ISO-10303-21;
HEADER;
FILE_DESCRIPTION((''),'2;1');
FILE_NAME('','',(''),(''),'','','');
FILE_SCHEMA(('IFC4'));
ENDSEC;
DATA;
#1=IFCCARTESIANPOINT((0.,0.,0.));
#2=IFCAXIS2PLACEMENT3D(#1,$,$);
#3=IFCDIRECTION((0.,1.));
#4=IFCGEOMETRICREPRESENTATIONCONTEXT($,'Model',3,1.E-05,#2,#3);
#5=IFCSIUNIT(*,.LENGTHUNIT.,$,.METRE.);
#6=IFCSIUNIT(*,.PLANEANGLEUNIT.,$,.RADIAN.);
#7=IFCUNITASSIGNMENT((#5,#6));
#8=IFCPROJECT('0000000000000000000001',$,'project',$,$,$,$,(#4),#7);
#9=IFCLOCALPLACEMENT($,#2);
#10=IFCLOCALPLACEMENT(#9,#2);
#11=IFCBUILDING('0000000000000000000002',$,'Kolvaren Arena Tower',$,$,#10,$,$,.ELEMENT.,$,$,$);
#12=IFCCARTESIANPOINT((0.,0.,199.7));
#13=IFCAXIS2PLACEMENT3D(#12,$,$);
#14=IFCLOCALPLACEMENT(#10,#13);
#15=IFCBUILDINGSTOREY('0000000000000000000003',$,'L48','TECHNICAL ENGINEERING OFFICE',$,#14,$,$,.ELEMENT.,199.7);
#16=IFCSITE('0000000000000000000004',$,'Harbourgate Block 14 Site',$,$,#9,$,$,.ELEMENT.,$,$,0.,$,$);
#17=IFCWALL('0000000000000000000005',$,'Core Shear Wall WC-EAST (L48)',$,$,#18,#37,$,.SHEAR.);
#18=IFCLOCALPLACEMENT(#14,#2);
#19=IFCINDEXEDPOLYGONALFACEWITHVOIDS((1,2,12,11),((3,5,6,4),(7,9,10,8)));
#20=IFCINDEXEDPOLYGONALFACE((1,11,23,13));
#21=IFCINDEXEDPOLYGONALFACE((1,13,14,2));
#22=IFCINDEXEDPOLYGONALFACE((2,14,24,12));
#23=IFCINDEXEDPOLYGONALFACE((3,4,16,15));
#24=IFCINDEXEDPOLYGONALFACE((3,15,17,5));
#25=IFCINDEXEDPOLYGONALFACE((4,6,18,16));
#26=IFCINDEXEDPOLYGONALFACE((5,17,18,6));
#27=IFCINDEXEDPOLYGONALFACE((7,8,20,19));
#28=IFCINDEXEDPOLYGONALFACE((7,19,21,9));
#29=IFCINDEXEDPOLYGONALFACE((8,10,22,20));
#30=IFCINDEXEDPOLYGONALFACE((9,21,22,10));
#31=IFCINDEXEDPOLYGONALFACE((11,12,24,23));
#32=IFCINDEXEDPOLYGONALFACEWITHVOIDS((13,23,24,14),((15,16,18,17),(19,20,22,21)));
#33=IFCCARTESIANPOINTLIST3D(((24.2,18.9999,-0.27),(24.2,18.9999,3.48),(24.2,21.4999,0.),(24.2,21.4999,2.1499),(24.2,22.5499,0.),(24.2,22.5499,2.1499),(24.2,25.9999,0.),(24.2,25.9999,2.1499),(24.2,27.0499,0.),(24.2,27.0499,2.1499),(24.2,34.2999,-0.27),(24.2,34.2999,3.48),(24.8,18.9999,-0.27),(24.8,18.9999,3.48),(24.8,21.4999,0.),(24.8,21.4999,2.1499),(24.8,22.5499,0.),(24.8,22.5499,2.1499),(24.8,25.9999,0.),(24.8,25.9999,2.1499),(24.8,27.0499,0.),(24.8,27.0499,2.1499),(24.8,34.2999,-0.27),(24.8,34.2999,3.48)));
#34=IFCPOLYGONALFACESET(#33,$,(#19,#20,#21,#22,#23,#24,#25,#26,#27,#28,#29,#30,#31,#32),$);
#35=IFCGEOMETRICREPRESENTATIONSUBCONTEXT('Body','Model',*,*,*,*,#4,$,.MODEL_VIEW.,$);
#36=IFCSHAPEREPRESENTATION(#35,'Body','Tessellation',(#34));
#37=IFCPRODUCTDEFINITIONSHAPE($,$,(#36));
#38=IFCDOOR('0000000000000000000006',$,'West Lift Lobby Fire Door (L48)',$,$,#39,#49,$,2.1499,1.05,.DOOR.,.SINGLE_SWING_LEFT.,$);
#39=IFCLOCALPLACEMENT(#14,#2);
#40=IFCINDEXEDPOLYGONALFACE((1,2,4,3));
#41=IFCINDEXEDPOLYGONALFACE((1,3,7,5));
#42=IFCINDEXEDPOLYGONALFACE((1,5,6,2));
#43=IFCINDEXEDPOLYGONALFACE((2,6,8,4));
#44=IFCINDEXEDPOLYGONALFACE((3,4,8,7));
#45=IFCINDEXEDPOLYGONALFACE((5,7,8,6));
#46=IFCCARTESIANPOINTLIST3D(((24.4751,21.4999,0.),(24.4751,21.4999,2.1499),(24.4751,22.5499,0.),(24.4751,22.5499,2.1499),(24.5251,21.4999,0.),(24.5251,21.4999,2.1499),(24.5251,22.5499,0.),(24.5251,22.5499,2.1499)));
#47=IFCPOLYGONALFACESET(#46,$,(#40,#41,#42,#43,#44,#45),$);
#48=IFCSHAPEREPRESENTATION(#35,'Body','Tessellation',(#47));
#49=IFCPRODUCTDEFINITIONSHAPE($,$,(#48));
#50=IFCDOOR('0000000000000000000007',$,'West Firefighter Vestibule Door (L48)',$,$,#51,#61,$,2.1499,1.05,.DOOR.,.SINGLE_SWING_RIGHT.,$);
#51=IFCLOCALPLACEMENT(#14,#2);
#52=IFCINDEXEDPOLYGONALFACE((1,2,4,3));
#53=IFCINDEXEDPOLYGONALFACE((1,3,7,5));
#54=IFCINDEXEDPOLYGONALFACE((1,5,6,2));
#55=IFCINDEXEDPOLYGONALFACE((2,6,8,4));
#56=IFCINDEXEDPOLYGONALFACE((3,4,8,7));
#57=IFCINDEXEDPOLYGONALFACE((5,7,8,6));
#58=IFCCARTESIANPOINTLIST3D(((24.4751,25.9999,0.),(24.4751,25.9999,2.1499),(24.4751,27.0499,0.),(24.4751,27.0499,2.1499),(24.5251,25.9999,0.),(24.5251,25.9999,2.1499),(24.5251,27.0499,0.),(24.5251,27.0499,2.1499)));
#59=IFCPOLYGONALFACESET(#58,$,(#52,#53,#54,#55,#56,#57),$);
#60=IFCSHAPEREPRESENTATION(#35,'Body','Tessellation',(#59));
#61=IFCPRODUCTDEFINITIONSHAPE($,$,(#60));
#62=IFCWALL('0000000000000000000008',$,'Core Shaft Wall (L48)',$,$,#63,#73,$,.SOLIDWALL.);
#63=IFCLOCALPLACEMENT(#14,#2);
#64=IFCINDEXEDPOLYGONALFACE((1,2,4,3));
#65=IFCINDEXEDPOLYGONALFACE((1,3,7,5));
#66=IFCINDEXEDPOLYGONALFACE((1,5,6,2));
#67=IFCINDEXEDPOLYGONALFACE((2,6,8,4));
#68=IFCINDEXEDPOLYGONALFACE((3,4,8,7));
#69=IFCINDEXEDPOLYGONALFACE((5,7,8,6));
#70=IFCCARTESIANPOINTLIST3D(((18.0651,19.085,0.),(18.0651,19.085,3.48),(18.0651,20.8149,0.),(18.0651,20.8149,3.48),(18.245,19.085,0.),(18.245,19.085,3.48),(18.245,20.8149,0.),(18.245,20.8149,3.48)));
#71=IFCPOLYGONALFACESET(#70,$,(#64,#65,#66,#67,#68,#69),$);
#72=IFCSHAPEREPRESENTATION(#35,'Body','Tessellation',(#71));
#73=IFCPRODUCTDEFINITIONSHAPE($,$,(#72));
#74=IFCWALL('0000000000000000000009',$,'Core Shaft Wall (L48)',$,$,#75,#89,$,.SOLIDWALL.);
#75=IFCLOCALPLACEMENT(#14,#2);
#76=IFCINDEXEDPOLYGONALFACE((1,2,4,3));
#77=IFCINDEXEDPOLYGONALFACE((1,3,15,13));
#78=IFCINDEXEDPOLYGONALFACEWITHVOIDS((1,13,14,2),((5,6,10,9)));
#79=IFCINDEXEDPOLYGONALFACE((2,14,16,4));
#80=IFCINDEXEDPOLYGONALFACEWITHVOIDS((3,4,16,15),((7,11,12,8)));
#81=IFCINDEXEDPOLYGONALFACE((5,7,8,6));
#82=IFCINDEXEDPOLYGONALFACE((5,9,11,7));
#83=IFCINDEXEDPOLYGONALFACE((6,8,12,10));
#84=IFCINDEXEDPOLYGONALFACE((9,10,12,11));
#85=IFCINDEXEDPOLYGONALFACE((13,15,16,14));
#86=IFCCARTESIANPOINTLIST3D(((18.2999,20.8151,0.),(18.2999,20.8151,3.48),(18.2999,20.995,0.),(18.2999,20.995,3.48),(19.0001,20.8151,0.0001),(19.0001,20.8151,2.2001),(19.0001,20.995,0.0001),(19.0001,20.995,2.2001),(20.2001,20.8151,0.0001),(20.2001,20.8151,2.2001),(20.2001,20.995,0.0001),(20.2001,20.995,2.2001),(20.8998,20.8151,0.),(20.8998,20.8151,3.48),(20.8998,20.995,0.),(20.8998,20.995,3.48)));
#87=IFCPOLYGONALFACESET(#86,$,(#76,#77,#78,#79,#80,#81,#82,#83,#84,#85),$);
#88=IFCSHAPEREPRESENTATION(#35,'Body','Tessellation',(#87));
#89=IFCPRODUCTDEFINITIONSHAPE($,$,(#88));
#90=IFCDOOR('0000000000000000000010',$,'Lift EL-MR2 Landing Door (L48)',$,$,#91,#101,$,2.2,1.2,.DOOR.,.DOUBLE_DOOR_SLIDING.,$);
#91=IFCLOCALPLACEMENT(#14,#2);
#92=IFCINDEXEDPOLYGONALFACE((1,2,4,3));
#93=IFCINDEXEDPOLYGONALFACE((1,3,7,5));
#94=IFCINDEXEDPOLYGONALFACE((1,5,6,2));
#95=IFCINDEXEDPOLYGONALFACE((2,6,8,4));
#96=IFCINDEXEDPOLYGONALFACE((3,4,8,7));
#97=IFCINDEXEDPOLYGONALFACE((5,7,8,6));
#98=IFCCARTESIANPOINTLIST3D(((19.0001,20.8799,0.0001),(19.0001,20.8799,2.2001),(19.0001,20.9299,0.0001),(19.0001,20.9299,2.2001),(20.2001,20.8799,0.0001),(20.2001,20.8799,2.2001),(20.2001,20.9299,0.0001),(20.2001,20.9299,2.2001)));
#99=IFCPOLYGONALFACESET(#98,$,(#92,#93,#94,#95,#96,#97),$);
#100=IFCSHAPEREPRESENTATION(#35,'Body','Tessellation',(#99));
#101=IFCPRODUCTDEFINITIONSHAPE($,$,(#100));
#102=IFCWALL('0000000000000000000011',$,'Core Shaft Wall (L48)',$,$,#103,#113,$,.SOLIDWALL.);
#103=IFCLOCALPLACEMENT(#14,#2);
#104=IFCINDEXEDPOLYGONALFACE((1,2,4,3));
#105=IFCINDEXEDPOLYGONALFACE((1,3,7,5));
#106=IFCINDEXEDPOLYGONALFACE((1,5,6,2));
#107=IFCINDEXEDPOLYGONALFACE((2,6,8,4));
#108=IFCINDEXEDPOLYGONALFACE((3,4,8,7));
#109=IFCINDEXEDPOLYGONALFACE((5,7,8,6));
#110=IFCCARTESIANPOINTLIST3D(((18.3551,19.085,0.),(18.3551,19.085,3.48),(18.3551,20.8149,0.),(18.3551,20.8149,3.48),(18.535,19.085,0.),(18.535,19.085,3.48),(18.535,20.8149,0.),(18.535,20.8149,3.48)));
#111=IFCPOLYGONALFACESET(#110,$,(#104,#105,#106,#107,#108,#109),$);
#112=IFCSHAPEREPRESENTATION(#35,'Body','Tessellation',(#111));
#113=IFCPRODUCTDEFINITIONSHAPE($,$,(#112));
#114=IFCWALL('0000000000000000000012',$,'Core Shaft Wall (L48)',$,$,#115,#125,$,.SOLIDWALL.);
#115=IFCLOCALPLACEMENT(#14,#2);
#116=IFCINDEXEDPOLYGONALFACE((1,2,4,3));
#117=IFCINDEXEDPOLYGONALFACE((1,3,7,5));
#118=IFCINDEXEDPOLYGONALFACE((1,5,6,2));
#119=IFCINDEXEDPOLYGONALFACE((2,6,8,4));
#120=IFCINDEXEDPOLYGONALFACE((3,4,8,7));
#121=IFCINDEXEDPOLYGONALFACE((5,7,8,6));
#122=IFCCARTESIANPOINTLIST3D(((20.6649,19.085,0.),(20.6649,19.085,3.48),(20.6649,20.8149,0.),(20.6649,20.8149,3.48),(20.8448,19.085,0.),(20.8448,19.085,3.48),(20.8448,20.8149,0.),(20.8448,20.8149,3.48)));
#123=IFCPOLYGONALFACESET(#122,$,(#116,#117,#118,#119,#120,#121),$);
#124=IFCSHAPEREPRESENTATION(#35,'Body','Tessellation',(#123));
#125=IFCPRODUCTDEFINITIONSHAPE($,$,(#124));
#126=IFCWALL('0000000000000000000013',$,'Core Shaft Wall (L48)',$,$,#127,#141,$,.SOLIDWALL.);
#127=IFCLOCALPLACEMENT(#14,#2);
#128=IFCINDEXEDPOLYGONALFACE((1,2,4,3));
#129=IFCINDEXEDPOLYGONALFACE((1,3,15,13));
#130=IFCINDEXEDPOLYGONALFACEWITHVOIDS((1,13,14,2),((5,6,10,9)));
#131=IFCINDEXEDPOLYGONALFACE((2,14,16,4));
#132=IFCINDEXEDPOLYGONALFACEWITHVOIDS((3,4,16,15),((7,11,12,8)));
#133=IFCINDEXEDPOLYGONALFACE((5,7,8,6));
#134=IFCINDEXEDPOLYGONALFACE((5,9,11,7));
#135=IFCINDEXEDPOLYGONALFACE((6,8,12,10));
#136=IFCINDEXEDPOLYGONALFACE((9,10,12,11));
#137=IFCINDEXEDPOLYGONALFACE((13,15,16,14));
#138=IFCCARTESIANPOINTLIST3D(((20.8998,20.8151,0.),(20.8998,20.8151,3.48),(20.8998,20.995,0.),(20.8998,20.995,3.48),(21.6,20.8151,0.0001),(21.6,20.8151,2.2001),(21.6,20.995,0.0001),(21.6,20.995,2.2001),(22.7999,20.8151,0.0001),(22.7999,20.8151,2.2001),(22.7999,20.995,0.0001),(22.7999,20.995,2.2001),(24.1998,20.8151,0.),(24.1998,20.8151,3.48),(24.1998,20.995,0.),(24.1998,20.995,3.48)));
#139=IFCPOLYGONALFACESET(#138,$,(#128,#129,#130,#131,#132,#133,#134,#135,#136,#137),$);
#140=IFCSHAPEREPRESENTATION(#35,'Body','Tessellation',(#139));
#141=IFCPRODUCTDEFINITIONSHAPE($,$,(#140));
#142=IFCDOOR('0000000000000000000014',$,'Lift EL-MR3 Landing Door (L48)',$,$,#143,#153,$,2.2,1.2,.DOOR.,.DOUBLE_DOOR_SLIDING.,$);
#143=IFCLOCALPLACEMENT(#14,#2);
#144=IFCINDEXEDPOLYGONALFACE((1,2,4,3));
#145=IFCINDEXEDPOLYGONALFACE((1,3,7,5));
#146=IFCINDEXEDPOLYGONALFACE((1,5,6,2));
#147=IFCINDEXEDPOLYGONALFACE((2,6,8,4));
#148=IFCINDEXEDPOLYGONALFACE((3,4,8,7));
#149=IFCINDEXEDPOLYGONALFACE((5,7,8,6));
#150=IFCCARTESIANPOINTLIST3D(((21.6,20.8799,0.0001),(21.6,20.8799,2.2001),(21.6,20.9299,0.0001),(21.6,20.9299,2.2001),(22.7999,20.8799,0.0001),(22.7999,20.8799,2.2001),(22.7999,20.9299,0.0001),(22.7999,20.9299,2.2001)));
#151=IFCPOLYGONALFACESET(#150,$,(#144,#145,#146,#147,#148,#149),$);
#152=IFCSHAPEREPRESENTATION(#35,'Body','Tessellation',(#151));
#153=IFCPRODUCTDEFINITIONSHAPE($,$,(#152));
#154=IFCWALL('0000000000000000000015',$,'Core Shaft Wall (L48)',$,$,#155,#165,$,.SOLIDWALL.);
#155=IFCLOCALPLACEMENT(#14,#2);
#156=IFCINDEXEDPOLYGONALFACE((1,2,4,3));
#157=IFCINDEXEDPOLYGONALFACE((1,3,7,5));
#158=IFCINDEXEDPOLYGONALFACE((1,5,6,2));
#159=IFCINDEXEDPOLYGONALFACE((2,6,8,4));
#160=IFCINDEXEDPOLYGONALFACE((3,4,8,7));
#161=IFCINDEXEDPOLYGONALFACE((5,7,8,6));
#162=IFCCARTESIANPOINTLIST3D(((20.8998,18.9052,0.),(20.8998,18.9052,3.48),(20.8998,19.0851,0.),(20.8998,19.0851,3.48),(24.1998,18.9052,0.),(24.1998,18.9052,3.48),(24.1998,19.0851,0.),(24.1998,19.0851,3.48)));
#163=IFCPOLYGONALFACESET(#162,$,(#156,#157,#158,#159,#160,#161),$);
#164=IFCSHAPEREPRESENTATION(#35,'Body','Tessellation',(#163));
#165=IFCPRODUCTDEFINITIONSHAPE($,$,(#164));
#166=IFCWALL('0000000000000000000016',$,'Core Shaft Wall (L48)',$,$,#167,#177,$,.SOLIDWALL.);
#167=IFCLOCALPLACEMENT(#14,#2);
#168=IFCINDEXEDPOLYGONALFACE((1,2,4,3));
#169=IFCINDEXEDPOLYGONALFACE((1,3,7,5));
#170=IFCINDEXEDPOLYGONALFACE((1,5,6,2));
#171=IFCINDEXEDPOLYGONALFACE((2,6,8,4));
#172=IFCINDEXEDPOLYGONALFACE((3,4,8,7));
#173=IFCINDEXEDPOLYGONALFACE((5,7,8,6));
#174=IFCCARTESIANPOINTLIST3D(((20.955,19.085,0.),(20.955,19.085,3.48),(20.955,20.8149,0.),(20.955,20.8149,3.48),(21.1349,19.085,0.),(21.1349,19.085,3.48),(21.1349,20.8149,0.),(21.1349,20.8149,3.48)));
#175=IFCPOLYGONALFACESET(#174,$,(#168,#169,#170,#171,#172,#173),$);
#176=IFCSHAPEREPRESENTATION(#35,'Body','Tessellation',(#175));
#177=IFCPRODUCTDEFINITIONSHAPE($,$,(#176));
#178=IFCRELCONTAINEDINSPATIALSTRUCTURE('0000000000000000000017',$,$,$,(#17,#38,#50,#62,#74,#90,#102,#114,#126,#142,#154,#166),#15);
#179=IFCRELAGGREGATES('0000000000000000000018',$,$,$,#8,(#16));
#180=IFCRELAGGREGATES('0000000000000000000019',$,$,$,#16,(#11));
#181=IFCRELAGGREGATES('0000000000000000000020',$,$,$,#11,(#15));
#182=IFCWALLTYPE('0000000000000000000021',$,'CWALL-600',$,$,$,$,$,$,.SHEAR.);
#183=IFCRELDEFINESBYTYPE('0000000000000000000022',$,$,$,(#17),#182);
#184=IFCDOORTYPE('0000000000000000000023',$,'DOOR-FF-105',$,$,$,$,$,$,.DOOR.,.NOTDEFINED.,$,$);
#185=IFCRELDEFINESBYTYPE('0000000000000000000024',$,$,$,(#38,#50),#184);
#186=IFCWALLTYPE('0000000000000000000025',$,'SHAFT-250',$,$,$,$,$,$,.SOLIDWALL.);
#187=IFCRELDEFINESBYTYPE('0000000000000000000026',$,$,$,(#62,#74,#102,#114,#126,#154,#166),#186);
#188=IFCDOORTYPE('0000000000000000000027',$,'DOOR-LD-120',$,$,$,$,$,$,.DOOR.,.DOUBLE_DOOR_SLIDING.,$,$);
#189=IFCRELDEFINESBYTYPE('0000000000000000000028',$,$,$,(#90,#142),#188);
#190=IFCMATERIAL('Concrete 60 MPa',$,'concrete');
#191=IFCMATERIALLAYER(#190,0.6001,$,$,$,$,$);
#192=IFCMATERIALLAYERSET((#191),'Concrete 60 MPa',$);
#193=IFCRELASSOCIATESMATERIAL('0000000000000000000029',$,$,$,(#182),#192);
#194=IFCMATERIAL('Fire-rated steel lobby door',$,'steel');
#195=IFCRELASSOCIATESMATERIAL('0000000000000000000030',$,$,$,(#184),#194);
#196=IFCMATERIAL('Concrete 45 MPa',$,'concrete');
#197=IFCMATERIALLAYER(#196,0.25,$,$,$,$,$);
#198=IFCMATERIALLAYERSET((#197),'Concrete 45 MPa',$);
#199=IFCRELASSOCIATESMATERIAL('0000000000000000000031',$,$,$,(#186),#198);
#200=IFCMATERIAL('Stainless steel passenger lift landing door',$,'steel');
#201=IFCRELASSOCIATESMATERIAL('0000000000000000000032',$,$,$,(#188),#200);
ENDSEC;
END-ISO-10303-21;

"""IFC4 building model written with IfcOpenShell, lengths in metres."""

from ifc_helpers import new_model, si_unit, direction, frame, frame_2d, origin, place, context, subcontext, project, spatial, rectangle, extrude, material, layer, layer_set, type_object, element, fill, save


model = new_model("IFC4")

# Units and contexts
model_context = context("Model", 3, precision=1e-05, world=origin(), true_north=direction((0.0, 1.0)))
body_context = subcontext(model_context, "Body", "Model", "MODEL_VIEW")
ifc_project = project(units=[si_unit("LENGTHUNIT", "METRE"), si_unit("PLANEANGLEUNIT", "RADIAN")], contexts=[model_context])

# Site, building, storey
site_placement = place(None, origin())
site = spatial("IfcSite", under=ifc_project, at=site_placement, Name="Harbourgate Block 14 Site", CompositionType="ELEMENT", RefElevation=0.0)
building_placement = place(site_placement, origin())
building = spatial("IfcBuilding", under=site, at=building_placement, Name="Kolvaren Arena Tower", CompositionType="ELEMENT")
storey_placement = place(building_placement, frame((0.0, 0.0, 199.7)))
storey = spatial("IfcBuildingStorey", under=building, at=storey_placement, Name="L48", Description="TECHNICAL ENGINEERING OFFICE", CompositionType="ELEMENT", Elevation=199.7)

# Wall, openings, doors
ifc_material_1 = material(Name="Concrete 60 MPa", Category="concrete")
ifc_layer_1 = layer(ifc_material_1, 0.6001)
ifc_layer_set_1 = layer_set([ifc_layer_1], Name="Concrete 60 MPa")
wall_type_1 = type_object("IfcWallType", Name="CWALL-600", PredefinedType="SHEAR", material=ifc_layer_set_1)
wall_1_placement = place(storey_placement, frame((24.5, 19.0, -0.27), z_axis=(0.0, 0.0, 1.0), x_axis=(0.0, 1.0, 0.0)))
wall_1 = element("IfcWall", 1, at=wall_1_placement, inside=storey, type_object=wall_type_1, Name="Core Shear Wall WC-EAST (L48)", PredefinedType="SHEAR", context=body_context, shape_type="SweptSolid", body=[
    extrude(rectangle(XDim=15.3, YDim=0.6001, at=frame_2d((7.6499, 0.0))), origin(), (0.0, 0.0, 1.0), 3.75),
])
opening_1_placement = place(wall_1_placement, frame((2.5, 0.0, 0.27)))
opening_1 = element("IfcOpeningElement", 2, at=opening_1_placement, cuts=wall_1, PredefinedType="OPENING", context=body_context, shape_type="SweptSolid", body=[
    extrude(rectangle(XDim=1.05, YDim=2.1499, at=frame_2d((0.5249, 1.075))), frame((0.0, 0.3101, 0.0), z_axis=(0.0, -1.0, 0.0), x_axis=(1.0, 0.0, 0.0)), (0.0, 0.0, 1.0), 0.6201),
])
opening_2_placement = place(wall_1_placement, frame((7.0, 0.0, 0.27)))
opening_2 = element("IfcOpeningElement", 3, at=opening_2_placement, cuts=wall_1, PredefinedType="OPENING", context=body_context, shape_type="SweptSolid", body=[
    extrude(rectangle(XDim=1.05, YDim=2.1499, at=frame_2d((0.5249, 1.075))), frame((0.0, 0.3101, 0.0), z_axis=(0.0, -1.0, 0.0), x_axis=(1.0, 0.0, 0.0)), (0.0, 0.0, 1.0), 0.6201),
])
ifc_material_2 = material(Name="Fire-rated steel lobby door", Category="steel")
door_type_1 = type_object("IfcDoorType", Name="DOOR-FF-105", OperationType="NOTDEFINED", PredefinedType="DOOR", material=ifc_material_2)
door_1_placement = place(opening_1_placement, origin())
door_1 = element("IfcDoor", 4, at=door_1_placement, inside=storey, type_object=door_type_1, Name="West Lift Lobby Fire Door (L48)", OperationType="SINGLE_SWING_LEFT", OverallHeight=2.1499, OverallWidth=1.05, PredefinedType="DOOR", context=body_context, shape_type="SweptSolid", body=[
    extrude(rectangle(XDim=1.05, YDim=2.1499, at=frame_2d((0.5249, 1.075))), frame((0.0, 0.0249, 0.0), z_axis=(0.0, -1.0, 0.0), x_axis=(1.0, 0.0, 0.0)), (0.0, 0.0, 1.0), 0.05),
])
fill(opening_1, door_1)
door_2_placement = place(opening_2_placement, origin())
door_2 = element("IfcDoor", 5, at=door_2_placement, inside=storey, type_object=door_type_1, Name="West Firefighter Vestibule Door (L48)", OperationType="SINGLE_SWING_RIGHT", OverallHeight=2.1499, OverallWidth=1.05, PredefinedType="DOOR", context=body_context, shape_type="SweptSolid", body=[
    extrude(rectangle(XDim=1.05, YDim=2.1499, at=frame_2d((0.5249, 1.075))), frame((0.0, 0.0249, 0.0), z_axis=(0.0, -1.0, 0.0), x_axis=(1.0, 0.0, 0.0)), (0.0, 0.0, 1.0), 0.05),
])
fill(opening_2, door_2)

# Wall
ifc_material_3 = material(Name="Concrete 45 MPa", Category="concrete")
ifc_layer_2 = layer(ifc_material_3, 0.25)
ifc_layer_set_2 = layer_set([ifc_layer_2], Name="Concrete 45 MPa")
wall_type_2 = type_object("IfcWallType", Name="SHAFT-250", PredefinedType="SOLIDWALL", material=ifc_layer_set_2)
wall_2_placement = place(storey_placement, frame((18.155, 19.085, 0.0), z_axis=(0.0, 0.0, 1.0), x_axis=(0.0, 1.0, 0.0)))
element("IfcWall", 6, at=wall_2_placement, inside=storey, type_object=wall_type_2, Name="Core Shaft Wall (L48)", PredefinedType="SOLIDWALL", context=body_context, shape_type="SweptSolid", body=[
    extrude(rectangle(XDim=1.73, YDim=0.1799, at=frame_2d((0.865, 0.0))), origin(), (0.0, 0.0, 1.0), 3.48),
])

# Wall, opening, door
wall_3_placement = place(storey_placement, frame((18.3, 20.905, 0.0), z_axis=(0.0, 0.0, 1.0), x_axis=(1.0, 0.0, 0.0)))
wall_3 = element("IfcWall", 7, at=wall_3_placement, inside=storey, type_object=wall_type_2, Name="Core Shaft Wall (L48)", PredefinedType="SOLIDWALL", context=body_context, shape_type="SweptSolid", body=[
    extrude(rectangle(XDim=2.5999, YDim=0.1799, at=frame_2d((1.2998, 0.0))), origin(), (0.0, 0.0, 1.0), 3.48),
])
opening_3_placement = place(wall_3_placement, frame((0.7, 0.0, 0.0)))
opening_3 = element("IfcOpeningElement", 8, at=opening_3_placement, cuts=wall_3, PredefinedType="OPENING", context=body_context, shape_type="SweptSolid", body=[
    extrude(rectangle(XDim=1.2, YDim=2.2, at=frame_2d((0.6001, 1.1001))), frame((0.0, 0.0999, 0.0), z_axis=(0.0, -1.0, 0.0), x_axis=(1.0, 0.0, 0.0)), (0.0, 0.0, 1.0), 0.2),
])
ifc_material_4 = material(Name="Stainless steel passenger lift landing door", Category="steel")
door_type_2 = type_object("IfcDoorType", Name="DOOR-LD-120", OperationType="DOUBLE_DOOR_SLIDING", PredefinedType="DOOR", material=ifc_material_4)
door_3_placement = place(opening_3_placement, origin())
door_3 = element("IfcDoor", 9, at=door_3_placement, inside=storey, type_object=door_type_2, Name="Lift EL-MR2 Landing Door (L48)", OperationType="DOUBLE_DOOR_SLIDING", OverallHeight=2.2, OverallWidth=1.2, PredefinedType="DOOR", context=body_context, shape_type="SweptSolid", body=[
    extrude(rectangle(XDim=1.2, YDim=2.2, at=frame_2d((0.6001, 1.1001))), frame((0.0, 0.0249, 0.0), z_axis=(0.0, -1.0, 0.0), x_axis=(1.0, 0.0, 0.0)), (0.0, 0.0, 1.0), 0.05),
])
fill(opening_3, door_3)

# Walls
for number, where, z_axis, x_axis, name in (
    (10, (18.4451, 19.085, 0.0), (0.0, 0.0, 1.0), (0.0, 1.0, 0.0), "Core Shaft Wall (L48)"),
    (11, (20.7549, 19.085, 0.0), (0.0, 0.0, 1.0), (0.0, 1.0, 0.0), "Core Shaft Wall (L48)"),
):
    element("IfcWall", number, at=place(storey_placement, frame(where, z_axis=z_axis, x_axis=x_axis)), inside=storey, type_object=wall_type_2, Name=name, PredefinedType="SOLIDWALL", context=body_context, shape_type="SweptSolid", body=[
        extrude(rectangle(XDim=1.73, YDim=0.1799, at=frame_2d((0.865, 0.0))), origin(), (0.0, 0.0, 1.0), 3.48),
    ])

# Wall, opening, door
wall_4_placement = place(storey_placement, frame((20.8999, 20.905, 0.0), z_axis=(0.0, 0.0, 1.0), x_axis=(1.0, 0.0, 0.0)))
wall_4 = element("IfcWall", 12, at=wall_4_placement, inside=storey, type_object=wall_type_2, Name="Core Shaft Wall (L48)", PredefinedType="SOLIDWALL", context=body_context, shape_type="SweptSolid", body=[
    extrude(rectangle(XDim=3.3, YDim=0.1799, at=frame_2d((1.6499, 0.0))), origin(), (0.0, 0.0, 1.0), 3.48),
])
opening_4_placement = place(wall_4_placement, frame((0.7, 0.0, 0.0)))
opening_4 = element("IfcOpeningElement", 13, at=opening_4_placement, cuts=wall_4, PredefinedType="OPENING", context=body_context, shape_type="SweptSolid", body=[
    extrude(rectangle(XDim=1.2, YDim=2.2, at=frame_2d((0.6001, 1.1001))), frame((0.0, 0.0999, 0.0), z_axis=(0.0, -1.0, 0.0), x_axis=(1.0, 0.0, 0.0)), (0.0, 0.0, 1.0), 0.2),
])
door_4_placement = place(opening_4_placement, origin())
door_4 = element("IfcDoor", 14, at=door_4_placement, inside=storey, type_object=door_type_2, Name="Lift EL-MR3 Landing Door (L48)", OperationType="DOUBLE_DOOR_SLIDING", OverallHeight=2.2, OverallWidth=1.2, PredefinedType="DOOR", context=body_context, shape_type="SweptSolid", body=[
    extrude(rectangle(XDim=1.2, YDim=2.2, at=frame_2d((0.6001, 1.1001))), frame((0.0, 0.0249, 0.0), z_axis=(0.0, -1.0, 0.0), x_axis=(1.0, 0.0, 0.0)), (0.0, 0.0, 1.0), 0.05),
])
fill(opening_4, door_4)

# Walls
wall_5_placement = place(storey_placement, frame((20.8999, 18.9951, 0.0), z_axis=(0.0, 0.0, 1.0), x_axis=(1.0, 0.0, 0.0)))
element("IfcWall", 15, at=wall_5_placement, inside=storey, type_object=wall_type_2, Name="Core Shaft Wall (L48)", PredefinedType="SOLIDWALL", context=body_context, shape_type="SweptSolid", body=[
    extrude(rectangle(XDim=3.3, YDim=0.1799, at=frame_2d((1.6499, 0.0))), origin(), (0.0, 0.0, 1.0), 3.48),
])
for number, where, z_axis, x_axis, name in (
    (16, (21.0449, 19.085, 0.0), (0.0, 0.0, 1.0), (0.0, 1.0, 0.0), "Core Shaft Wall (L48)"),
):
    element("IfcWall", number, at=place(storey_placement, frame(where, z_axis=z_axis, x_axis=x_axis)), inside=storey, type_object=wall_type_2, Name=name, PredefinedType="SOLIDWALL", context=body_context, shape_type="SweptSolid", body=[
        extrude(rectangle(XDim=1.73, YDim=0.1799, at=frame_2d((0.865, 0.0))), origin(), (0.0, 0.0, 1.0), 3.48),
    ])

save(model, "model.ifc")
